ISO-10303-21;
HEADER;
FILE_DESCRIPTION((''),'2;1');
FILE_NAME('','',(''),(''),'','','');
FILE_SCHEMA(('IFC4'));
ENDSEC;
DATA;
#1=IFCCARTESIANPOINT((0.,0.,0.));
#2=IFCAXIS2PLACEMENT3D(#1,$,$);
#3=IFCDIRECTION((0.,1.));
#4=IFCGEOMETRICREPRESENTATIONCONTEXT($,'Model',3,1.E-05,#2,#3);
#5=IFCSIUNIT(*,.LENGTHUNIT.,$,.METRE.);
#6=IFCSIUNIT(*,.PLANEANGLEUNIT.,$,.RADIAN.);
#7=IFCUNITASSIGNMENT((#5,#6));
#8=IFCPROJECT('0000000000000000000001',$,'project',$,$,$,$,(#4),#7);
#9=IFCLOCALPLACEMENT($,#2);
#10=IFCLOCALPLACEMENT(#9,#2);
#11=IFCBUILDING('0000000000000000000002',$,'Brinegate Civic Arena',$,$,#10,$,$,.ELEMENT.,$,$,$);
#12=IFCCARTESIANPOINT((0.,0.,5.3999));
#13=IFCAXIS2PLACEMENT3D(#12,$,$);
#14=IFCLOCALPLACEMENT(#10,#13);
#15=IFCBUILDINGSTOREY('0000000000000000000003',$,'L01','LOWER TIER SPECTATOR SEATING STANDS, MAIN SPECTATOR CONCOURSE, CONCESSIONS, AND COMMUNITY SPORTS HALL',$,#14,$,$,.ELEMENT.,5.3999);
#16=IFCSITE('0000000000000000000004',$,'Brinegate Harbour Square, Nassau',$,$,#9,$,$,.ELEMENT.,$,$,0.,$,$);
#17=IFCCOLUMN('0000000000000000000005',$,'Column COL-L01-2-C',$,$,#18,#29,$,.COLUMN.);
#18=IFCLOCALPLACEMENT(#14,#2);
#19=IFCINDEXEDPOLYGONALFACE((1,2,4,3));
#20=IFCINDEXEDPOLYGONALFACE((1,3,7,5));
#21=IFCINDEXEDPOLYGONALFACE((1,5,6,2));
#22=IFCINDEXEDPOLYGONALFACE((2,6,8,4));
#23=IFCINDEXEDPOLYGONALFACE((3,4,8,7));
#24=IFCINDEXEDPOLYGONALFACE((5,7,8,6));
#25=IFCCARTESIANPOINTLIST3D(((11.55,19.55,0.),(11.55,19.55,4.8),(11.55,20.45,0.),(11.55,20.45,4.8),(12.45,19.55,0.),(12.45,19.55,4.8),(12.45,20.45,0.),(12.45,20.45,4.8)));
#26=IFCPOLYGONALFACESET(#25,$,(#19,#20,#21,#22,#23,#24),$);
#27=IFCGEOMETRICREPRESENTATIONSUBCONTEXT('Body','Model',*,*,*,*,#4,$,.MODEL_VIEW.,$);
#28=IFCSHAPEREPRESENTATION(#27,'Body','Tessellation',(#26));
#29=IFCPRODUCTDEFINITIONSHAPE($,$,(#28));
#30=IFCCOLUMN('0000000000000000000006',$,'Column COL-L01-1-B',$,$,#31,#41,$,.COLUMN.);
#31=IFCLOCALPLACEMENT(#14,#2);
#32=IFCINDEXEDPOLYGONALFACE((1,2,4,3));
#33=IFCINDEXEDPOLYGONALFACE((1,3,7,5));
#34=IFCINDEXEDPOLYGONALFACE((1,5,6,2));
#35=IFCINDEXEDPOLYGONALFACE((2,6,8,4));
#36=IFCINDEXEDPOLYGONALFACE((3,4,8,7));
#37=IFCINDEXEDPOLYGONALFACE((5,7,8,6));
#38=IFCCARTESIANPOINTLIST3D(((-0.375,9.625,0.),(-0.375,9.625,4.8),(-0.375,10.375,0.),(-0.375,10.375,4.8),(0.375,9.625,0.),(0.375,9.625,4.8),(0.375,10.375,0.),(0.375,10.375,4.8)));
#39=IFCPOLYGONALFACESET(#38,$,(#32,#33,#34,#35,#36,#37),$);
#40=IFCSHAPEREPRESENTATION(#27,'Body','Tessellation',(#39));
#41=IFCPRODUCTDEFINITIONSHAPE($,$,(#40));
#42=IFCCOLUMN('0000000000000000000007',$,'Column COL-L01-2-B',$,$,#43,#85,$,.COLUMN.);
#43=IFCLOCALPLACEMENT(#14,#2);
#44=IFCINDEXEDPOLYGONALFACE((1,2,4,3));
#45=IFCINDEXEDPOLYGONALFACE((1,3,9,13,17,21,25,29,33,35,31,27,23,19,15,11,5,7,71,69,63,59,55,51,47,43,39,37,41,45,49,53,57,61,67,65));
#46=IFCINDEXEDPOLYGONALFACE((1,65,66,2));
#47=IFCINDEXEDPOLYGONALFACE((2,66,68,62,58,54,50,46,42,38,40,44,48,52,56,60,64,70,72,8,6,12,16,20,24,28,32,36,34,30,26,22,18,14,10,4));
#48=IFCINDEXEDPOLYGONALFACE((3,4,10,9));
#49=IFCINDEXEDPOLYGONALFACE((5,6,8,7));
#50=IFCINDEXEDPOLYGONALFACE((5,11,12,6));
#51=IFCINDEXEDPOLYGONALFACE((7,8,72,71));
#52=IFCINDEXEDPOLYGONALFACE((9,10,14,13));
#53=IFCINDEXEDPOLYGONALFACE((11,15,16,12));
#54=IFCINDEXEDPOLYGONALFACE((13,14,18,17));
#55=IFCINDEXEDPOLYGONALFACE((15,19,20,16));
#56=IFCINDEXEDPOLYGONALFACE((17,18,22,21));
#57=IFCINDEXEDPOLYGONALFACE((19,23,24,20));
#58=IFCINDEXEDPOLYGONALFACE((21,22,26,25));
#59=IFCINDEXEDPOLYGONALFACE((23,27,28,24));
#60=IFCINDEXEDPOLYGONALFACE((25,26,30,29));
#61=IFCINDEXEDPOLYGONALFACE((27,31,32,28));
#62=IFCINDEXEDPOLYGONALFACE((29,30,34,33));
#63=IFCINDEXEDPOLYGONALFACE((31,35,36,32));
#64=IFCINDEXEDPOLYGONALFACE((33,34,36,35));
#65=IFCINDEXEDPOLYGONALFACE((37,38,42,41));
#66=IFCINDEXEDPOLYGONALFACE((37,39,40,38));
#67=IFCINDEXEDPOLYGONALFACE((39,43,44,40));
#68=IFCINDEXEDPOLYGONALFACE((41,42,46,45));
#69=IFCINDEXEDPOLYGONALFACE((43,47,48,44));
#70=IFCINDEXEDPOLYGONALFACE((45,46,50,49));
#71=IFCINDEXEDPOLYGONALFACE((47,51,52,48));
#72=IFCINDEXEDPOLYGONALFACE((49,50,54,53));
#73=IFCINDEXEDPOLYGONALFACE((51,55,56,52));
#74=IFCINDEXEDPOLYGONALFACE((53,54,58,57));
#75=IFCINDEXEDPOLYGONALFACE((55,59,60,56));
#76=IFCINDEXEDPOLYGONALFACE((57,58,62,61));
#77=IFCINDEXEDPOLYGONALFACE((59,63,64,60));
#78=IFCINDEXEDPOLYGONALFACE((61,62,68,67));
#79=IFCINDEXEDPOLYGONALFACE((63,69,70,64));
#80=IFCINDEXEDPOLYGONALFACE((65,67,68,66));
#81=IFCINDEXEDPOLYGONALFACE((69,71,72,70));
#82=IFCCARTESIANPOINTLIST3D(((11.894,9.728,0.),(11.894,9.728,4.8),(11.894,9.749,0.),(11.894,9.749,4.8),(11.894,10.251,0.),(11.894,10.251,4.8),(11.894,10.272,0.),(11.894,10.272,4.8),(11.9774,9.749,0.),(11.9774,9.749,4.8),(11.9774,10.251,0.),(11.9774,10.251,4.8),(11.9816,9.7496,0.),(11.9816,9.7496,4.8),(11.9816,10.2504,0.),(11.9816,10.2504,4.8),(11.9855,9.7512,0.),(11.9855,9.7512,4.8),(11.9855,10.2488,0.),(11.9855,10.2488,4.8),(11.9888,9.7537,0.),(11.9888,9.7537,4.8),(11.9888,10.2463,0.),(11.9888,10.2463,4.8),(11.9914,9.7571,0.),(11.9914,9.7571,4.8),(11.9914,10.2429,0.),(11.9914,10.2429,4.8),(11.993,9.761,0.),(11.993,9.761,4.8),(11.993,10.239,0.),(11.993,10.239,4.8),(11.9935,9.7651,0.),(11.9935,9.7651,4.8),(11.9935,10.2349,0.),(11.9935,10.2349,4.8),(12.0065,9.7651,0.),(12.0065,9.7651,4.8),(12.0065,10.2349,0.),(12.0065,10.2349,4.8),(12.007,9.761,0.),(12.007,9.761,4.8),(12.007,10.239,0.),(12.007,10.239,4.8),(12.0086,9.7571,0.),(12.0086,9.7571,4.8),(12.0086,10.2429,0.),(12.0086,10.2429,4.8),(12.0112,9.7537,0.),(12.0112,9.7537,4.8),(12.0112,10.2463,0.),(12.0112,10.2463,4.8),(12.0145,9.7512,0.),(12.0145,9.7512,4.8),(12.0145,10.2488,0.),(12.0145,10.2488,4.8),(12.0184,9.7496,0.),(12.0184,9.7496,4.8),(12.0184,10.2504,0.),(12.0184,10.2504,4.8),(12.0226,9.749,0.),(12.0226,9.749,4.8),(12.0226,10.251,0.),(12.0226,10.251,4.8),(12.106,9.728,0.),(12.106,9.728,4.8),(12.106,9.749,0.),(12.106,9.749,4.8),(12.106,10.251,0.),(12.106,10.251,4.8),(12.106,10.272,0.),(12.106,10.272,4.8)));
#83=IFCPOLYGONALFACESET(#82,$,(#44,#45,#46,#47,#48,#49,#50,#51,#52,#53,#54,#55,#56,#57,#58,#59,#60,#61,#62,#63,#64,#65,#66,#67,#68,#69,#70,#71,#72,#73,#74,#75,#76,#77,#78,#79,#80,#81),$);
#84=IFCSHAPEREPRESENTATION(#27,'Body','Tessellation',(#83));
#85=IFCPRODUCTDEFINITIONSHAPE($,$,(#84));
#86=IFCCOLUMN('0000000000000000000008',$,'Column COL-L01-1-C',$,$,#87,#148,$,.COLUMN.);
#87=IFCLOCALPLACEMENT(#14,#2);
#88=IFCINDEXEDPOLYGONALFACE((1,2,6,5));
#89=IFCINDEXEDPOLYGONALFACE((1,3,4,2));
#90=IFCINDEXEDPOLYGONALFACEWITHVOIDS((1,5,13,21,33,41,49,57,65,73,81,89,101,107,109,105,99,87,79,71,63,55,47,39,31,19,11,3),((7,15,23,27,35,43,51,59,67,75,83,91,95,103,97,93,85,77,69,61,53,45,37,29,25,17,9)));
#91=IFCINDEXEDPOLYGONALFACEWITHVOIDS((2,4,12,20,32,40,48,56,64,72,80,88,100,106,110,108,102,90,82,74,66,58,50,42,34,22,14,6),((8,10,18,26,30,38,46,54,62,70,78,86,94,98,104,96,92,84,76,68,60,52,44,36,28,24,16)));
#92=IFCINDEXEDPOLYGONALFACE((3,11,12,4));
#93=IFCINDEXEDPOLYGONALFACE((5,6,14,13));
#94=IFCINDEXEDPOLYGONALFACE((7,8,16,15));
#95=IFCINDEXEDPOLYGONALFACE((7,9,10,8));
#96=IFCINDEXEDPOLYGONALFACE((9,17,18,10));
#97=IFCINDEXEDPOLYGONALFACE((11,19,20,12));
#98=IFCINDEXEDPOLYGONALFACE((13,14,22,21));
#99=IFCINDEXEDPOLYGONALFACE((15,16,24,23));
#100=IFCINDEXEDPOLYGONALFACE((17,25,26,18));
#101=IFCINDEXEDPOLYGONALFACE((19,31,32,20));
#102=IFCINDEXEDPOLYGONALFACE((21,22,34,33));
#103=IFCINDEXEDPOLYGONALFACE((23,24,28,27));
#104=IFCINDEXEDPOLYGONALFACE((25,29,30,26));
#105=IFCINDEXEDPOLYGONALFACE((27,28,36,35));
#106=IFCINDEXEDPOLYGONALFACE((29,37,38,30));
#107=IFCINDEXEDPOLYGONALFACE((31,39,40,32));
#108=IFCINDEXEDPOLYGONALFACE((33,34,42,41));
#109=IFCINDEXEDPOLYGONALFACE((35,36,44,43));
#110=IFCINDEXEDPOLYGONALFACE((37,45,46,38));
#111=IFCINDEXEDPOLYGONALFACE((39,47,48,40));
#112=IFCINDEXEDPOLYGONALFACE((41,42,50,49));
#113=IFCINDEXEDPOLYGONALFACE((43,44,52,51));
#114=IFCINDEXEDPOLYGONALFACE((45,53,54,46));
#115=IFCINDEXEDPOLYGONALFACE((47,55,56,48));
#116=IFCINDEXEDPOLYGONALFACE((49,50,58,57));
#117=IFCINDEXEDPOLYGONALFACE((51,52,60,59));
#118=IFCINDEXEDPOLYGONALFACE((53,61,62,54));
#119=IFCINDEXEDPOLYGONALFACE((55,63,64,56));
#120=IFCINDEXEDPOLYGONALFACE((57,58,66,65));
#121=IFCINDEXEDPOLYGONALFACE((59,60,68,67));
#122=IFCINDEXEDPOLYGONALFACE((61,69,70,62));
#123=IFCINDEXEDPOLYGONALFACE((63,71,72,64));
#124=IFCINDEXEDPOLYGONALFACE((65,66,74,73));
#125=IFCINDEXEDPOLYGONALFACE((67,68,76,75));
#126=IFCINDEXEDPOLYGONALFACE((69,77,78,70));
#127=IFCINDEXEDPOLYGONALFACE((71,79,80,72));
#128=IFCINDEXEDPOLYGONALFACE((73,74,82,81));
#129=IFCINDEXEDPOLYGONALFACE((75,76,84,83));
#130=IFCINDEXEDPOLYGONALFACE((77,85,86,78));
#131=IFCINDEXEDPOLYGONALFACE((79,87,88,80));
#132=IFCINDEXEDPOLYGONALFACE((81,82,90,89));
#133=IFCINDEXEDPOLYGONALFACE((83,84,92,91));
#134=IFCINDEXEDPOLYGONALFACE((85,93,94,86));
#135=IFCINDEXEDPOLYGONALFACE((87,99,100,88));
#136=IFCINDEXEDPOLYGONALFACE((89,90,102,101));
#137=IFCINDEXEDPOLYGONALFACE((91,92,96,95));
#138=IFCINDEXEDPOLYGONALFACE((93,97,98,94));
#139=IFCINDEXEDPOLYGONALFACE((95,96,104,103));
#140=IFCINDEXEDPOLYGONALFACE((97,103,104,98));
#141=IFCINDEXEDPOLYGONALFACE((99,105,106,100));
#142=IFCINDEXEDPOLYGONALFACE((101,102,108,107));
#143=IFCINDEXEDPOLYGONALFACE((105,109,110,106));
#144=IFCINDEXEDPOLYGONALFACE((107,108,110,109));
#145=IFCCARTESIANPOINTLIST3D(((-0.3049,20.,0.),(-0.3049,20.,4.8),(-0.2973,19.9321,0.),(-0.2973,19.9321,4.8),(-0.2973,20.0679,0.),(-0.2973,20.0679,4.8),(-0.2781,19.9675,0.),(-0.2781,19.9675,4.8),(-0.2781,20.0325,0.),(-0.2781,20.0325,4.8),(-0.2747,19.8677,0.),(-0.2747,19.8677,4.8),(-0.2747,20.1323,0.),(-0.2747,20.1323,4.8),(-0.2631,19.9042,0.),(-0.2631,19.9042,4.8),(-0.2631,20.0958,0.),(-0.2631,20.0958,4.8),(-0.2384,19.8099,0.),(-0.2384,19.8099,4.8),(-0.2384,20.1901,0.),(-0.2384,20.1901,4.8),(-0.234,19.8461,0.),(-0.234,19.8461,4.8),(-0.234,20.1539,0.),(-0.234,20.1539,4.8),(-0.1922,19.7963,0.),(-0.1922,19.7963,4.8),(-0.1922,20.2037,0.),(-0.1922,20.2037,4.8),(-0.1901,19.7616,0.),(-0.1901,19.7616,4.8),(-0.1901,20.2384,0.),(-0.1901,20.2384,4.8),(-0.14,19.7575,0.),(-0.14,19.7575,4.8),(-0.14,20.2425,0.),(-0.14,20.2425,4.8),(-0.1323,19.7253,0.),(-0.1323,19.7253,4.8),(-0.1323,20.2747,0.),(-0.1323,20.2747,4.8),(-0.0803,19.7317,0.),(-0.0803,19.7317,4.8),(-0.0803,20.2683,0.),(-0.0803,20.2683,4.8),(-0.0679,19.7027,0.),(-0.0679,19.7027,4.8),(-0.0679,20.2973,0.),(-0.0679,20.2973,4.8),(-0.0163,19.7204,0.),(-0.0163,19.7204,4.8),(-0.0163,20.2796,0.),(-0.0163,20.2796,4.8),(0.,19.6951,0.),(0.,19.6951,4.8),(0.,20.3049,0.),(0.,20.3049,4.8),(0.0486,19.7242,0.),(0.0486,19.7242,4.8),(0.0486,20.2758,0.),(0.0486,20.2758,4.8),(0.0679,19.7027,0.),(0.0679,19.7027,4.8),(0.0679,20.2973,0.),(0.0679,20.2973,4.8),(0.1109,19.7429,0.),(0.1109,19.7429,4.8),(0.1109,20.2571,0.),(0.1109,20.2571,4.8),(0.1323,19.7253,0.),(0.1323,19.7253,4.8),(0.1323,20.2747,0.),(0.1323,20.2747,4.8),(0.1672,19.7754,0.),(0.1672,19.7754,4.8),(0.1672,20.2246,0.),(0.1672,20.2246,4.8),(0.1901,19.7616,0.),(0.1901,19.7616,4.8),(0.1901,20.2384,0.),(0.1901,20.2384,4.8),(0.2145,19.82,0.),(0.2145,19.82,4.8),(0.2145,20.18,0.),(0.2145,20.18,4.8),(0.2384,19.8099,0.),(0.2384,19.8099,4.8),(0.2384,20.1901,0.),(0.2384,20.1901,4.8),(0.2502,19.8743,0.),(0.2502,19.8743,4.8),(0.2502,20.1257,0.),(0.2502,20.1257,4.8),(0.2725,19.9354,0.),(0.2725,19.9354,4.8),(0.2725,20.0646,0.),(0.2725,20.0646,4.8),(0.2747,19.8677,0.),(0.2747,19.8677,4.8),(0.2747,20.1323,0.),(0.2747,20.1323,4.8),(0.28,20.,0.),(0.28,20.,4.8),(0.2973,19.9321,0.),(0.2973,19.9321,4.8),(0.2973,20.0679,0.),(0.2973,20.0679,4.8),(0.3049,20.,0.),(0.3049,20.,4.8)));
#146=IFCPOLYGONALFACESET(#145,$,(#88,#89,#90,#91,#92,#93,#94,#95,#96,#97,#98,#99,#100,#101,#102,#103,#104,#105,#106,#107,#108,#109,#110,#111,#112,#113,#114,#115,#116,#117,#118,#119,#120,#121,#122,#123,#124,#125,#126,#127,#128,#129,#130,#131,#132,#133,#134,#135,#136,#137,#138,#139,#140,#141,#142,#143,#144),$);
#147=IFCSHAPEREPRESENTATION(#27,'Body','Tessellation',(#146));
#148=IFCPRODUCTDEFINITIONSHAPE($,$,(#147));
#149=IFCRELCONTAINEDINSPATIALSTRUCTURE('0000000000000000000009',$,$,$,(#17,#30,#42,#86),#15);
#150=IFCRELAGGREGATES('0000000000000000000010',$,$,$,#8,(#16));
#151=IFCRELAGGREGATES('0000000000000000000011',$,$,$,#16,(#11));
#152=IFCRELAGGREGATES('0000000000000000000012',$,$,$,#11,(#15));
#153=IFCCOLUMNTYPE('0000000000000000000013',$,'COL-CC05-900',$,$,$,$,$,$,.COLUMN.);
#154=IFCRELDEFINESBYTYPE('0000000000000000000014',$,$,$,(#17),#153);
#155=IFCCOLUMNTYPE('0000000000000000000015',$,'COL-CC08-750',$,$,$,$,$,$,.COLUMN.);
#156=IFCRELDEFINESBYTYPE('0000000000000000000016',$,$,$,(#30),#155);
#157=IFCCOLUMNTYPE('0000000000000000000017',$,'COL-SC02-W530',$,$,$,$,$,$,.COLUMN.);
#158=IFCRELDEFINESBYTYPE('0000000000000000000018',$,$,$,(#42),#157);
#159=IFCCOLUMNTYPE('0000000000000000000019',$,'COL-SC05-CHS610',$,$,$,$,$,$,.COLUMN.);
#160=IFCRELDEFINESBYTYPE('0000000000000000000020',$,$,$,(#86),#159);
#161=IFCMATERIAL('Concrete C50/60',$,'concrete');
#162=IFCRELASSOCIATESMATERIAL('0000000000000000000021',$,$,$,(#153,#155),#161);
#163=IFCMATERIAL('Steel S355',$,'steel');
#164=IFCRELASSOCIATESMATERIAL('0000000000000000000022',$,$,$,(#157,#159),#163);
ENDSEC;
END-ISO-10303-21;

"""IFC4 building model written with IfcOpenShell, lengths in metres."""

from ifc_helpers import new_model, si_unit, direction, frame, origin, origin_2d, place, context, subcontext, project, spatial, rectangle, hollow_circle, i_section, extrude, material, material_profile, profile_set, type_object, element, save


model = new_model("IFC4")

# Units and contexts
model_context = context("Model", 3, precision=1e-05, world=origin(), true_north=direction((0.0, 1.0)))
body_context = subcontext(model_context, "Body", "Model", "MODEL_VIEW")
ifc_project = project(units=[si_unit("LENGTHUNIT", "METRE"), si_unit("PLANEANGLEUNIT", "RADIAN")], contexts=[model_context])

# Site, building, storey
site_placement = place(None, origin())
site = spatial("IfcSite", under=ifc_project, at=site_placement, Name="Brinegate Harbour Square, Nassau", CompositionType="ELEMENT", RefElevation=0.0)
building_placement = place(site_placement, origin())
building = spatial("IfcBuilding", under=site, at=building_placement, Name="Brinegate Civic Arena", CompositionType="ELEMENT")
storey_placement = place(building_placement, frame((0.0, 0.0, 5.3999)))
storey = spatial("IfcBuildingStorey", under=building, at=storey_placement, Name="L01", Description="LOWER TIER SPECTATOR SEATING STANDS, MAIN SPECTATOR CONCOURSE, CONCESSIONS, AND COMMUNITY SPORTS HALL", CompositionType="ELEMENT", Elevation=5.3999)

# Columns
ifc_material_1 = material(Name="Concrete C50/60", Category="concrete")
ifc_material_profile_1 = material_profile(ifc_material_1, rectangle(XDim=0.8999, YDim=0.8999, at=origin_2d()), Name="RC900X900")
ifc_profile_set_1 = profile_set([ifc_material_profile_1], Name="Concrete C50/60")
column_type_1 = type_object("IfcColumnType", Name="COL-CC05-900", PredefinedType="COLUMN", material=ifc_profile_set_1)
column_1_placement = place(storey_placement, frame((12.0, 20.0, 0.0), z_axis=(0.0, 0.0, 1.0), x_axis=(1.0, 0.0, 0.0)))
element("IfcColumn", 1, at=column_1_placement, inside=storey, type_object=column_type_1, Name="Column COL-L01-2-C", PredefinedType="COLUMN", context=body_context, shape_type="SweptSolid", body=[
    extrude(rectangle(XDim=0.8999, YDim=0.8999, at=origin_2d()), origin(), (0.0, 0.0, 1.0), 4.8),
])
ifc_material_profile_2 = material_profile(ifc_material_1, rectangle(XDim=0.75, YDim=0.75, at=origin_2d()), Name="RC750X750")
ifc_profile_set_2 = profile_set([ifc_material_profile_2], Name="Concrete C50/60")
column_type_2 = type_object("IfcColumnType", Name="COL-CC08-750", PredefinedType="COLUMN", material=ifc_profile_set_2)
column_2_placement = place(storey_placement, frame((0.0, 10.0, 0.0), z_axis=(0.0, 0.0, 1.0), x_axis=(1.0, 0.0, 0.0)))
element("IfcColumn", 2, at=column_2_placement, inside=storey, type_object=column_type_2, Name="Column COL-L01-1-B", PredefinedType="COLUMN", context=body_context, shape_type="SweptSolid", body=[
    extrude(rectangle(XDim=0.75, YDim=0.75, at=origin_2d()), origin(), (0.0, 0.0, 1.0), 4.8),
])
ifc_material_2 = material(Name="Steel S355", Category="steel")
ifc_material_profile_3 = material_profile(ifc_material_2, i_section(OverallWidth=0.2119, OverallDepth=0.5439, WebThickness=0.0129, FlangeThickness=0.021, FilletRadius=0.0161, at=origin_2d()), Name="W530X123")
ifc_profile_set_3 = profile_set([ifc_material_profile_3], Name="Steel S355")
column_type_3 = type_object("IfcColumnType", Name="COL-SC02-W530", PredefinedType="COLUMN", material=ifc_profile_set_3)
column_3_placement = place(storey_placement, frame((12.0, 10.0, 0.0), z_axis=(0.0, 0.0, 1.0), x_axis=(1.0, 0.0, 0.0)))
element("IfcColumn", 3, at=column_3_placement, inside=storey, type_object=column_type_3, Name="Column COL-L01-2-B", PredefinedType="COLUMN", context=body_context, shape_type="SweptSolid", body=[
    extrude(i_section(OverallWidth=0.2119, OverallDepth=0.5439, WebThickness=0.0129, FlangeThickness=0.021, FilletRadius=0.0161, at=origin_2d()), origin(), (0.0, 0.0, 1.0), 4.8),
])
ifc_material_profile_4 = material_profile(ifc_material_2, hollow_circle(Radius=0.3049, WallThickness=0.0249, at=origin_2d()), Name="CHS610X25")
ifc_profile_set_4 = profile_set([ifc_material_profile_4], Name="Steel S355")
column_type_4 = type_object("IfcColumnType", Name="COL-SC05-CHS610", PredefinedType="COLUMN", material=ifc_profile_set_4)
column_4_placement = place(storey_placement, frame((0.0, 20.0, 0.0), z_axis=(0.0, 0.0, 1.0), x_axis=(1.0, 0.0, 0.0)))
element("IfcColumn", 4, at=column_4_placement, inside=storey, type_object=column_type_4, Name="Column COL-L01-1-C", PredefinedType="COLUMN", context=body_context, shape_type="SweptSolid", body=[
    extrude(hollow_circle(Radius=0.3049, WallThickness=0.0249, at=origin_2d()), origin(), (0.0, 0.0, 1.0), 4.8),
])

save(model, "model.ifc")
